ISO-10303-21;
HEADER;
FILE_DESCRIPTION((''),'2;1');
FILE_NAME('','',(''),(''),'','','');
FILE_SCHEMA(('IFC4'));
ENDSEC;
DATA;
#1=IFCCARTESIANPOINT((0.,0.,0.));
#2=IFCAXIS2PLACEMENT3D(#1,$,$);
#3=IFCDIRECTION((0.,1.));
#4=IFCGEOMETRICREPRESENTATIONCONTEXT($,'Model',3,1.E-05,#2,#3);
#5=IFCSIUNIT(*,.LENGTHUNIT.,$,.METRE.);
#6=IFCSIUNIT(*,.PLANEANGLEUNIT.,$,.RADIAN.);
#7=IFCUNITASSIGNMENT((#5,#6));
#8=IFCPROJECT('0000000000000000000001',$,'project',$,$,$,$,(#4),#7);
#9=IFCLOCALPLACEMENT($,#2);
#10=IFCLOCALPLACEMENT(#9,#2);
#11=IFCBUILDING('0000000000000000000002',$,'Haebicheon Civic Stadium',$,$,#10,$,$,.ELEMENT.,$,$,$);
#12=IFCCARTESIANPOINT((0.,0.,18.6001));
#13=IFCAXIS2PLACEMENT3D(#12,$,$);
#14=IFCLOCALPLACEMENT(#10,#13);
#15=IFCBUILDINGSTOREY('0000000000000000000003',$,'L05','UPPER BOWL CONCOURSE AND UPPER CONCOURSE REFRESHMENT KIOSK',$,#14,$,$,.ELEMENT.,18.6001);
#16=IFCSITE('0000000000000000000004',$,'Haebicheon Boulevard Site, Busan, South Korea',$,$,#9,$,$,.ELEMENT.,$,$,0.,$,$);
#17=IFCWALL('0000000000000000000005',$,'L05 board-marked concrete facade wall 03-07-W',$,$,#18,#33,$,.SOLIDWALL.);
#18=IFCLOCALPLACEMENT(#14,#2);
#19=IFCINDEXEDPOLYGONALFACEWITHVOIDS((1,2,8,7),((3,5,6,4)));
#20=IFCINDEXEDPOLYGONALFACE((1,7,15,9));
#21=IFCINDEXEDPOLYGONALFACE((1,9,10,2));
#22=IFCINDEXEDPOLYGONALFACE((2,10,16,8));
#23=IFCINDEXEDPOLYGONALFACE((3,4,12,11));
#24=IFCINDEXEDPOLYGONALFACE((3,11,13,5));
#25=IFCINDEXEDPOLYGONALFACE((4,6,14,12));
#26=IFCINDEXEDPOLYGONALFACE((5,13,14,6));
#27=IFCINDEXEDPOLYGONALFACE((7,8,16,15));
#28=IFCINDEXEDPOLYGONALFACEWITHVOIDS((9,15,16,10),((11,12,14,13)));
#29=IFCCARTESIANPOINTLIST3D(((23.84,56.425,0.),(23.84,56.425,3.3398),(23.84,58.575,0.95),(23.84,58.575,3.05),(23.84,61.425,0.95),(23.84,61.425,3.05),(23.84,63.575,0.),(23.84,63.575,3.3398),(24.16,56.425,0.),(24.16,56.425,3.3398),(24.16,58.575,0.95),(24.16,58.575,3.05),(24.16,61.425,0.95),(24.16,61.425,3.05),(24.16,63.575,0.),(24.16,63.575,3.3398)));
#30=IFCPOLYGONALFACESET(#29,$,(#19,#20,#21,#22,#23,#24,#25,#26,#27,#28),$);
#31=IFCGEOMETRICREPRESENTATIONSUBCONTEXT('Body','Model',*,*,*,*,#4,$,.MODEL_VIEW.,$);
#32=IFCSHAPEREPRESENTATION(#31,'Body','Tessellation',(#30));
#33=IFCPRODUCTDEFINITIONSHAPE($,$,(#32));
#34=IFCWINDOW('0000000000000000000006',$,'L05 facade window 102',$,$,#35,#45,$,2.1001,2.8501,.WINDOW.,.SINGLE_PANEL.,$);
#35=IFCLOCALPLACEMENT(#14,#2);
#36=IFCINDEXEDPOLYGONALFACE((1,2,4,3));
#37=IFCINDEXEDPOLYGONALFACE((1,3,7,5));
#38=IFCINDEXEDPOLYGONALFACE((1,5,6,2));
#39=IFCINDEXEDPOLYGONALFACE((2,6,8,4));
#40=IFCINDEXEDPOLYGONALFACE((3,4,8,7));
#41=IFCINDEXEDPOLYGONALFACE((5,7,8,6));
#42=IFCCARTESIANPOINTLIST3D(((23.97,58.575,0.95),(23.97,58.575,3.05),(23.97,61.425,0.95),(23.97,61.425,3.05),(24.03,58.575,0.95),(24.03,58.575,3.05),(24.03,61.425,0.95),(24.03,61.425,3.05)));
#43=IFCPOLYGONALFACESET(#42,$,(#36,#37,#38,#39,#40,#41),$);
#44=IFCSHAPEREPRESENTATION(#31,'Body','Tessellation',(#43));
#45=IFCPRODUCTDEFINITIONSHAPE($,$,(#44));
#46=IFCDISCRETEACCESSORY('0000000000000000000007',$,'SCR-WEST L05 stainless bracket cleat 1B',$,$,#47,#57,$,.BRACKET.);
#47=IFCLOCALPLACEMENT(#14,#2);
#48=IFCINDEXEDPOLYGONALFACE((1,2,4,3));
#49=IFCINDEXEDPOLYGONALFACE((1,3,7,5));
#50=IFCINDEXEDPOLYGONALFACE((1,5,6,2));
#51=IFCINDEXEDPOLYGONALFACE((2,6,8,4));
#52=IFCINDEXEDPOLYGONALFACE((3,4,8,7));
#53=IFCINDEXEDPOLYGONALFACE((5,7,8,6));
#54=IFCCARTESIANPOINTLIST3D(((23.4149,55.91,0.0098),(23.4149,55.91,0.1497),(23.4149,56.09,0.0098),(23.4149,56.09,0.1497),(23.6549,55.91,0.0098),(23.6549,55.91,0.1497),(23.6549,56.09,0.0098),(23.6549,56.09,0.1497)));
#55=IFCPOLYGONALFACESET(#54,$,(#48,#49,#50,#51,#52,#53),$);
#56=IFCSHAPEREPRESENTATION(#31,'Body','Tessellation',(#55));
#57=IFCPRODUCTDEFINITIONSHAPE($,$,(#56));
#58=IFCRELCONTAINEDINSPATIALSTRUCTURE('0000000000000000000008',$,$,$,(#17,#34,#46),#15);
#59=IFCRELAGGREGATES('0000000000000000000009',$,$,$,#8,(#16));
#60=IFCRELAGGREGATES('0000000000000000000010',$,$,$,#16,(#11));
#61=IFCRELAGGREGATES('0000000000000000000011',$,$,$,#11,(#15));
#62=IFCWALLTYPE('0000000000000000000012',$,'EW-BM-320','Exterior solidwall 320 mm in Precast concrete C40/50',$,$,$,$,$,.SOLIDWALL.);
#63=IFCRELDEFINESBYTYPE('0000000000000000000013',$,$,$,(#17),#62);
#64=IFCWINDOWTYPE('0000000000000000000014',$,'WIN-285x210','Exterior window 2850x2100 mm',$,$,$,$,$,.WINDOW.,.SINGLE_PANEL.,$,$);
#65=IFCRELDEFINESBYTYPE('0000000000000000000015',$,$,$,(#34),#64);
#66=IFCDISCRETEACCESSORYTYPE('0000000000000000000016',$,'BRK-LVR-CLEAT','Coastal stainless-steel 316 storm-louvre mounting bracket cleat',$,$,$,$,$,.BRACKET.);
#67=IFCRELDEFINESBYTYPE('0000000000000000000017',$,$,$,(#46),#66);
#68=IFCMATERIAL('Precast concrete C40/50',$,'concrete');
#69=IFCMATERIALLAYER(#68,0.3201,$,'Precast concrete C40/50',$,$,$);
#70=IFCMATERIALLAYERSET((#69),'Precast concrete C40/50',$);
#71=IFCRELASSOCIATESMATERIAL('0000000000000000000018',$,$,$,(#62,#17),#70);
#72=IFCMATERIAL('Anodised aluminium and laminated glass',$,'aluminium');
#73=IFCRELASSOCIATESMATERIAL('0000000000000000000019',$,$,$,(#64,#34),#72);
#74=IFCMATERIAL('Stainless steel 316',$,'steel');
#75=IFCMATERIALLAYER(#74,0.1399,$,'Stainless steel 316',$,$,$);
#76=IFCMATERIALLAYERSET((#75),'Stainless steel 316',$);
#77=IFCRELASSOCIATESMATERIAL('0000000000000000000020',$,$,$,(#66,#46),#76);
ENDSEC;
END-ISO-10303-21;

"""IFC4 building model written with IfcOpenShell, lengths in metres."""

from ifc_helpers import new_model, si_unit, direction, frame, frame_2d, origin, origin_2d, place, context, subcontext, project, spatial, rectangle, extrude, material, layer, layer_set, type_object, element, fill, save


model = new_model("IFC4")

# Units and contexts
model_context = context("Model", 3, precision=1e-05, world=origin(), true_north=direction((0.0, 1.0)))
body_context = subcontext(model_context, "Body", "Model", "MODEL_VIEW")
ifc_project = project(units=[si_unit("LENGTHUNIT", "METRE"), si_unit("PLANEANGLEUNIT", "RADIAN")], contexts=[model_context])

# Site, building, storey
site_placement = place(None, origin())
site = spatial("IfcSite", under=ifc_project, at=site_placement, Name="Haebicheon Boulevard Site, Busan, South Korea", CompositionType="ELEMENT", RefElevation=0.0)
building_placement = place(site_placement, origin())
building = spatial("IfcBuilding", under=site, at=building_placement, Name="Haebicheon Civic Stadium", CompositionType="ELEMENT")
storey_placement = place(building_placement, frame((0.0, 0.0, 18.6001)))
storey = spatial("IfcBuildingStorey", under=building, at=storey_placement, Name="L05", Description="UPPER BOWL CONCOURSE AND UPPER CONCOURSE REFRESHMENT KIOSK", CompositionType="ELEMENT", Elevation=18.6001)

# Shared definitions
ifc_material_1 = material(Name="Precast concrete C40/50", Category="concrete")
ifc_layer_1 = layer(ifc_material_1, 0.3201, Name="Precast concrete C40/50")
ifc_layer_set_1 = layer_set([ifc_layer_1], Name="Precast concrete C40/50")
wall_type = type_object("IfcWallType", Name="EW-BM-320", Description="Exterior solidwall 320 mm in Precast concrete C40/50", PredefinedType="SOLIDWALL", material=ifc_layer_set_1)

# Wall, opening, window
wall_1_placement = place(storey_placement, frame((24.0, 56.425, 0.0), z_axis=(0.0, 0.0, 1.0), x_axis=(0.0, 1.0, 0.0)))
wall_1 = element("IfcWall", 1, at=wall_1_placement, inside=storey, type_object=wall_type, material=ifc_layer_set_1, Name="L05 board-marked concrete facade wall 03-07-W", PredefinedType="SOLIDWALL", context=body_context, shape_type="SweptSolid", body=[
    extrude(rectangle(XDim=7.1499, YDim=0.3201, at=frame_2d((3.575, 0.0))), origin(), (0.0, 0.0, 1.0), 3.3398),
])
opening_placement = place(wall_1_placement, frame((2.1499, 0.0, 0.95)))
opening = element("IfcOpeningElement", 2, at=opening_placement, cuts=wall_1, PredefinedType="OPENING", context=body_context, shape_type="SweptSolid", body=[
    extrude(rectangle(XDim=2.8501, YDim=2.1001, at=frame_2d((1.425, 1.05))), frame((0.0, 0.1699, 0.0), z_axis=(0.0, -1.0, 0.0), x_axis=(1.0, 0.0, 0.0)), (0.0, 0.0, 1.0), 0.3401),
])
ifc_material_2 = material(Name="Anodised aluminium and laminated glass", Category="aluminium")
window_type = type_object("IfcWindowType", Name="WIN-285x210", Description="Exterior window 2850x2100 mm", PartitioningType="SINGLE_PANEL", PredefinedType="WINDOW", material=ifc_material_2)
window_placement = place(opening_placement, origin())
window = element("IfcWindow", 3, at=window_placement, inside=storey, type_object=window_type, material=ifc_material_2, Name="L05 facade window 102", OverallHeight=2.1001, OverallWidth=2.8501, PartitioningType="SINGLE_PANEL", PredefinedType="WINDOW", context=body_context, shape_type="SweptSolid", body=[
    extrude(rectangle(XDim=2.8501, YDim=2.1001, at=frame_2d((1.425, 1.05))), frame((0.0, 0.03, 0.0), z_axis=(0.0, -1.0, 0.0), x_axis=(1.0, 0.0, 0.0)), (0.0, 0.0, 1.0), 0.0601),
])
fill(opening, window)

# Discrete accessory
ifc_material_3 = material(Name="Stainless steel 316", Category="steel")
ifc_layer_2 = layer(ifc_material_3, 0.1399, Name="Stainless steel 316")
ifc_layer_set_2 = layer_set([ifc_layer_2], Name="Stainless steel 316")
discrete_accessory_type = type_object("IfcDiscreteAccessoryType", Name="BRK-LVR-CLEAT", Description="Coastal stainless-steel 316 storm-louvre mounting bracket cleat", PredefinedType="BRACKET", material=ifc_layer_set_2)
discrete_accessory_placement = place(storey_placement, frame((23.5349, 56.0, 0.0098), z_axis=(0.0, 0.0, 1.0), x_axis=(1.0, 0.0, 0.0)))
element("IfcDiscreteAccessory", 4, at=discrete_accessory_placement, inside=storey, type_object=discrete_accessory_type, material=ifc_layer_set_2, Name="SCR-WEST L05 stainless bracket cleat 1B", PredefinedType="BRACKET", context=body_context, shape_type="SweptSolid", body=[
    extrude(rectangle(XDim=0.24, YDim=0.1799, at=origin_2d()), origin(), (0.0, 0.0, 1.0), 0.1399),
])

save(model, "model.ifc")
